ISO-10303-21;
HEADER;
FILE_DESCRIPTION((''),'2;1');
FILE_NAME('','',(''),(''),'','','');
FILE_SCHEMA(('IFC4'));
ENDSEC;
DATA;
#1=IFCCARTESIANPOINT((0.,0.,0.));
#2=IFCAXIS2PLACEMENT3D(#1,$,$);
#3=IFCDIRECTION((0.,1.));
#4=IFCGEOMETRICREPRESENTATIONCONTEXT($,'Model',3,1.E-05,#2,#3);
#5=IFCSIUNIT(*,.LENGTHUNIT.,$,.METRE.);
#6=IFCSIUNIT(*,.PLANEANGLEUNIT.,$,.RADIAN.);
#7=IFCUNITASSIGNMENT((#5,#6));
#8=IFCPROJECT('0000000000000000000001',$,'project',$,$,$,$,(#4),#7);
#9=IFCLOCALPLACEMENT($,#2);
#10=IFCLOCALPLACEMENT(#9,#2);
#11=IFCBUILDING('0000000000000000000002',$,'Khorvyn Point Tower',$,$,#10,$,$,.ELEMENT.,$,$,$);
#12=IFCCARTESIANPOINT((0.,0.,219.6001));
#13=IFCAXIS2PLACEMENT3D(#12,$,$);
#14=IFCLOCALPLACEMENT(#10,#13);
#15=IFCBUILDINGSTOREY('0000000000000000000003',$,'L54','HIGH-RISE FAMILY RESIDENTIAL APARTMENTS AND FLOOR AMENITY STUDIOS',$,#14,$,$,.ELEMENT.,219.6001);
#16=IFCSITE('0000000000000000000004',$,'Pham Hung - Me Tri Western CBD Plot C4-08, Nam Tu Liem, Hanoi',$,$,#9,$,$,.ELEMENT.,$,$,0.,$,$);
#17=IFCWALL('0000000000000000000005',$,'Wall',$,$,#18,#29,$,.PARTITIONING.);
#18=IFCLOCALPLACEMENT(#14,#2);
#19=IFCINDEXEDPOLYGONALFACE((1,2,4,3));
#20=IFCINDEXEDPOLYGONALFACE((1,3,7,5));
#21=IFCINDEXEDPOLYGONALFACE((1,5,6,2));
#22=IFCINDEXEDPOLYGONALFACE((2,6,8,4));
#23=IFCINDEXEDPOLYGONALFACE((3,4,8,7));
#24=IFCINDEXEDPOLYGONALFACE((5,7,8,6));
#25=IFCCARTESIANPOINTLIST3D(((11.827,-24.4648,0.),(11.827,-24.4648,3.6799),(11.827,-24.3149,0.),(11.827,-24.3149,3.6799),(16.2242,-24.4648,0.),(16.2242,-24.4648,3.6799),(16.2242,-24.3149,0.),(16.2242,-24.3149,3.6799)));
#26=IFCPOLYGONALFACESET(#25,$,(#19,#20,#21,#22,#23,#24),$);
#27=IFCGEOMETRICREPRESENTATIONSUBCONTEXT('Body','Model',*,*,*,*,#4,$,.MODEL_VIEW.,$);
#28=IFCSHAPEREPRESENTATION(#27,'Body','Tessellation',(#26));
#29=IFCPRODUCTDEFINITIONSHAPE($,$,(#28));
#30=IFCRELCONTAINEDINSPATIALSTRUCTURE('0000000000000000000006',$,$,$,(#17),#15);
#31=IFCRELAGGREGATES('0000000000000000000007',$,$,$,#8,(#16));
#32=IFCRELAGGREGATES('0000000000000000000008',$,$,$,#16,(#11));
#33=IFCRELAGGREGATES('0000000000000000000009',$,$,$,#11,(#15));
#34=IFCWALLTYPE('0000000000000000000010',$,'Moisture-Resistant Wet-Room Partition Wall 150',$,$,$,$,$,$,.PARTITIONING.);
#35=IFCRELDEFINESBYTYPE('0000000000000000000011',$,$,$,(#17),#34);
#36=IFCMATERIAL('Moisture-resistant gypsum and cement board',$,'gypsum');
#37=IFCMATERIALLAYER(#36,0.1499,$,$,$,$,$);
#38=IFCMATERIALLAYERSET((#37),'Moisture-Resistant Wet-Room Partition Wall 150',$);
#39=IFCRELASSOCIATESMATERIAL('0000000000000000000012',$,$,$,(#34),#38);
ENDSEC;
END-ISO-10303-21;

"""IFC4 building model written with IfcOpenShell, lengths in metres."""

from ifc_helpers import new_model, si_unit, direction, frame, frame_2d, origin, place, context, subcontext, project, spatial, rectangle, extrude, material, layer, layer_set, type_object, element, save


model = new_model("IFC4")

# Units and contexts
model_context = context("Model", 3, precision=1e-05, world=origin(), true_north=direction((0.0, 1.0)))
body_context = subcontext(model_context, "Body", "Model", "MODEL_VIEW")
ifc_project = project(units=[si_unit("LENGTHUNIT", "METRE"), si_unit("PLANEANGLEUNIT", "RADIAN")], contexts=[model_context])

# Site, building, storey
site_placement = place(None, origin())
site = spatial("IfcSite", under=ifc_project, at=site_placement, Name="Pham Hung - Me Tri Western CBD Plot C4-08, Nam Tu Liem, Hanoi", CompositionType="ELEMENT", RefElevation=0.0)
building_placement = place(site_placement, origin())
building = spatial("IfcBuilding", under=site, at=building_placement, Name="Khorvyn Point Tower", CompositionType="ELEMENT")
storey_placement = place(building_placement, frame((0.0, 0.0, 219.6001)))
storey = spatial("IfcBuildingStorey", under=building, at=storey_placement, Name="L54", Description="HIGH-RISE FAMILY RESIDENTIAL APARTMENTS AND FLOOR AMENITY STUDIOS", CompositionType="ELEMENT", Elevation=219.6001)

# Shared definitions
ifc_material_1 = material(Name="Moisture-resistant gypsum and cement board", Category="gypsum")
ifc_layer_1 = layer(ifc_material_1, 0.1499)
ifc_layer_set_1 = layer_set([ifc_layer_1], Name="Moisture-Resistant Wet-Room Partition Wall 150")
wall_type_1 = type_object("IfcWallType", Name="Moisture-Resistant Wet-Room Partition Wall 150", PredefinedType="PARTITIONING", material=ifc_layer_set_1)

# Wall
wall_1_placement = place(storey_placement, frame((11.8269, -24.3899, 0.0), z_axis=(0.0, 0.0, 1.0), x_axis=(1.0, 0.0, 0.0)))
element("IfcWall", 1, at=wall_1_placement, inside=storey, type_object=wall_type_1, Name="Wall", PredefinedType="PARTITIONING", context=body_context, shape_type="SweptSolid", body=[
    extrude(rectangle(XDim=4.3972, YDim=0.1499, at=frame_2d((2.1987, 0.0))), origin(), (0.0, 0.0, 1.0), 3.6799),
])

save(model, "model.ifc")
